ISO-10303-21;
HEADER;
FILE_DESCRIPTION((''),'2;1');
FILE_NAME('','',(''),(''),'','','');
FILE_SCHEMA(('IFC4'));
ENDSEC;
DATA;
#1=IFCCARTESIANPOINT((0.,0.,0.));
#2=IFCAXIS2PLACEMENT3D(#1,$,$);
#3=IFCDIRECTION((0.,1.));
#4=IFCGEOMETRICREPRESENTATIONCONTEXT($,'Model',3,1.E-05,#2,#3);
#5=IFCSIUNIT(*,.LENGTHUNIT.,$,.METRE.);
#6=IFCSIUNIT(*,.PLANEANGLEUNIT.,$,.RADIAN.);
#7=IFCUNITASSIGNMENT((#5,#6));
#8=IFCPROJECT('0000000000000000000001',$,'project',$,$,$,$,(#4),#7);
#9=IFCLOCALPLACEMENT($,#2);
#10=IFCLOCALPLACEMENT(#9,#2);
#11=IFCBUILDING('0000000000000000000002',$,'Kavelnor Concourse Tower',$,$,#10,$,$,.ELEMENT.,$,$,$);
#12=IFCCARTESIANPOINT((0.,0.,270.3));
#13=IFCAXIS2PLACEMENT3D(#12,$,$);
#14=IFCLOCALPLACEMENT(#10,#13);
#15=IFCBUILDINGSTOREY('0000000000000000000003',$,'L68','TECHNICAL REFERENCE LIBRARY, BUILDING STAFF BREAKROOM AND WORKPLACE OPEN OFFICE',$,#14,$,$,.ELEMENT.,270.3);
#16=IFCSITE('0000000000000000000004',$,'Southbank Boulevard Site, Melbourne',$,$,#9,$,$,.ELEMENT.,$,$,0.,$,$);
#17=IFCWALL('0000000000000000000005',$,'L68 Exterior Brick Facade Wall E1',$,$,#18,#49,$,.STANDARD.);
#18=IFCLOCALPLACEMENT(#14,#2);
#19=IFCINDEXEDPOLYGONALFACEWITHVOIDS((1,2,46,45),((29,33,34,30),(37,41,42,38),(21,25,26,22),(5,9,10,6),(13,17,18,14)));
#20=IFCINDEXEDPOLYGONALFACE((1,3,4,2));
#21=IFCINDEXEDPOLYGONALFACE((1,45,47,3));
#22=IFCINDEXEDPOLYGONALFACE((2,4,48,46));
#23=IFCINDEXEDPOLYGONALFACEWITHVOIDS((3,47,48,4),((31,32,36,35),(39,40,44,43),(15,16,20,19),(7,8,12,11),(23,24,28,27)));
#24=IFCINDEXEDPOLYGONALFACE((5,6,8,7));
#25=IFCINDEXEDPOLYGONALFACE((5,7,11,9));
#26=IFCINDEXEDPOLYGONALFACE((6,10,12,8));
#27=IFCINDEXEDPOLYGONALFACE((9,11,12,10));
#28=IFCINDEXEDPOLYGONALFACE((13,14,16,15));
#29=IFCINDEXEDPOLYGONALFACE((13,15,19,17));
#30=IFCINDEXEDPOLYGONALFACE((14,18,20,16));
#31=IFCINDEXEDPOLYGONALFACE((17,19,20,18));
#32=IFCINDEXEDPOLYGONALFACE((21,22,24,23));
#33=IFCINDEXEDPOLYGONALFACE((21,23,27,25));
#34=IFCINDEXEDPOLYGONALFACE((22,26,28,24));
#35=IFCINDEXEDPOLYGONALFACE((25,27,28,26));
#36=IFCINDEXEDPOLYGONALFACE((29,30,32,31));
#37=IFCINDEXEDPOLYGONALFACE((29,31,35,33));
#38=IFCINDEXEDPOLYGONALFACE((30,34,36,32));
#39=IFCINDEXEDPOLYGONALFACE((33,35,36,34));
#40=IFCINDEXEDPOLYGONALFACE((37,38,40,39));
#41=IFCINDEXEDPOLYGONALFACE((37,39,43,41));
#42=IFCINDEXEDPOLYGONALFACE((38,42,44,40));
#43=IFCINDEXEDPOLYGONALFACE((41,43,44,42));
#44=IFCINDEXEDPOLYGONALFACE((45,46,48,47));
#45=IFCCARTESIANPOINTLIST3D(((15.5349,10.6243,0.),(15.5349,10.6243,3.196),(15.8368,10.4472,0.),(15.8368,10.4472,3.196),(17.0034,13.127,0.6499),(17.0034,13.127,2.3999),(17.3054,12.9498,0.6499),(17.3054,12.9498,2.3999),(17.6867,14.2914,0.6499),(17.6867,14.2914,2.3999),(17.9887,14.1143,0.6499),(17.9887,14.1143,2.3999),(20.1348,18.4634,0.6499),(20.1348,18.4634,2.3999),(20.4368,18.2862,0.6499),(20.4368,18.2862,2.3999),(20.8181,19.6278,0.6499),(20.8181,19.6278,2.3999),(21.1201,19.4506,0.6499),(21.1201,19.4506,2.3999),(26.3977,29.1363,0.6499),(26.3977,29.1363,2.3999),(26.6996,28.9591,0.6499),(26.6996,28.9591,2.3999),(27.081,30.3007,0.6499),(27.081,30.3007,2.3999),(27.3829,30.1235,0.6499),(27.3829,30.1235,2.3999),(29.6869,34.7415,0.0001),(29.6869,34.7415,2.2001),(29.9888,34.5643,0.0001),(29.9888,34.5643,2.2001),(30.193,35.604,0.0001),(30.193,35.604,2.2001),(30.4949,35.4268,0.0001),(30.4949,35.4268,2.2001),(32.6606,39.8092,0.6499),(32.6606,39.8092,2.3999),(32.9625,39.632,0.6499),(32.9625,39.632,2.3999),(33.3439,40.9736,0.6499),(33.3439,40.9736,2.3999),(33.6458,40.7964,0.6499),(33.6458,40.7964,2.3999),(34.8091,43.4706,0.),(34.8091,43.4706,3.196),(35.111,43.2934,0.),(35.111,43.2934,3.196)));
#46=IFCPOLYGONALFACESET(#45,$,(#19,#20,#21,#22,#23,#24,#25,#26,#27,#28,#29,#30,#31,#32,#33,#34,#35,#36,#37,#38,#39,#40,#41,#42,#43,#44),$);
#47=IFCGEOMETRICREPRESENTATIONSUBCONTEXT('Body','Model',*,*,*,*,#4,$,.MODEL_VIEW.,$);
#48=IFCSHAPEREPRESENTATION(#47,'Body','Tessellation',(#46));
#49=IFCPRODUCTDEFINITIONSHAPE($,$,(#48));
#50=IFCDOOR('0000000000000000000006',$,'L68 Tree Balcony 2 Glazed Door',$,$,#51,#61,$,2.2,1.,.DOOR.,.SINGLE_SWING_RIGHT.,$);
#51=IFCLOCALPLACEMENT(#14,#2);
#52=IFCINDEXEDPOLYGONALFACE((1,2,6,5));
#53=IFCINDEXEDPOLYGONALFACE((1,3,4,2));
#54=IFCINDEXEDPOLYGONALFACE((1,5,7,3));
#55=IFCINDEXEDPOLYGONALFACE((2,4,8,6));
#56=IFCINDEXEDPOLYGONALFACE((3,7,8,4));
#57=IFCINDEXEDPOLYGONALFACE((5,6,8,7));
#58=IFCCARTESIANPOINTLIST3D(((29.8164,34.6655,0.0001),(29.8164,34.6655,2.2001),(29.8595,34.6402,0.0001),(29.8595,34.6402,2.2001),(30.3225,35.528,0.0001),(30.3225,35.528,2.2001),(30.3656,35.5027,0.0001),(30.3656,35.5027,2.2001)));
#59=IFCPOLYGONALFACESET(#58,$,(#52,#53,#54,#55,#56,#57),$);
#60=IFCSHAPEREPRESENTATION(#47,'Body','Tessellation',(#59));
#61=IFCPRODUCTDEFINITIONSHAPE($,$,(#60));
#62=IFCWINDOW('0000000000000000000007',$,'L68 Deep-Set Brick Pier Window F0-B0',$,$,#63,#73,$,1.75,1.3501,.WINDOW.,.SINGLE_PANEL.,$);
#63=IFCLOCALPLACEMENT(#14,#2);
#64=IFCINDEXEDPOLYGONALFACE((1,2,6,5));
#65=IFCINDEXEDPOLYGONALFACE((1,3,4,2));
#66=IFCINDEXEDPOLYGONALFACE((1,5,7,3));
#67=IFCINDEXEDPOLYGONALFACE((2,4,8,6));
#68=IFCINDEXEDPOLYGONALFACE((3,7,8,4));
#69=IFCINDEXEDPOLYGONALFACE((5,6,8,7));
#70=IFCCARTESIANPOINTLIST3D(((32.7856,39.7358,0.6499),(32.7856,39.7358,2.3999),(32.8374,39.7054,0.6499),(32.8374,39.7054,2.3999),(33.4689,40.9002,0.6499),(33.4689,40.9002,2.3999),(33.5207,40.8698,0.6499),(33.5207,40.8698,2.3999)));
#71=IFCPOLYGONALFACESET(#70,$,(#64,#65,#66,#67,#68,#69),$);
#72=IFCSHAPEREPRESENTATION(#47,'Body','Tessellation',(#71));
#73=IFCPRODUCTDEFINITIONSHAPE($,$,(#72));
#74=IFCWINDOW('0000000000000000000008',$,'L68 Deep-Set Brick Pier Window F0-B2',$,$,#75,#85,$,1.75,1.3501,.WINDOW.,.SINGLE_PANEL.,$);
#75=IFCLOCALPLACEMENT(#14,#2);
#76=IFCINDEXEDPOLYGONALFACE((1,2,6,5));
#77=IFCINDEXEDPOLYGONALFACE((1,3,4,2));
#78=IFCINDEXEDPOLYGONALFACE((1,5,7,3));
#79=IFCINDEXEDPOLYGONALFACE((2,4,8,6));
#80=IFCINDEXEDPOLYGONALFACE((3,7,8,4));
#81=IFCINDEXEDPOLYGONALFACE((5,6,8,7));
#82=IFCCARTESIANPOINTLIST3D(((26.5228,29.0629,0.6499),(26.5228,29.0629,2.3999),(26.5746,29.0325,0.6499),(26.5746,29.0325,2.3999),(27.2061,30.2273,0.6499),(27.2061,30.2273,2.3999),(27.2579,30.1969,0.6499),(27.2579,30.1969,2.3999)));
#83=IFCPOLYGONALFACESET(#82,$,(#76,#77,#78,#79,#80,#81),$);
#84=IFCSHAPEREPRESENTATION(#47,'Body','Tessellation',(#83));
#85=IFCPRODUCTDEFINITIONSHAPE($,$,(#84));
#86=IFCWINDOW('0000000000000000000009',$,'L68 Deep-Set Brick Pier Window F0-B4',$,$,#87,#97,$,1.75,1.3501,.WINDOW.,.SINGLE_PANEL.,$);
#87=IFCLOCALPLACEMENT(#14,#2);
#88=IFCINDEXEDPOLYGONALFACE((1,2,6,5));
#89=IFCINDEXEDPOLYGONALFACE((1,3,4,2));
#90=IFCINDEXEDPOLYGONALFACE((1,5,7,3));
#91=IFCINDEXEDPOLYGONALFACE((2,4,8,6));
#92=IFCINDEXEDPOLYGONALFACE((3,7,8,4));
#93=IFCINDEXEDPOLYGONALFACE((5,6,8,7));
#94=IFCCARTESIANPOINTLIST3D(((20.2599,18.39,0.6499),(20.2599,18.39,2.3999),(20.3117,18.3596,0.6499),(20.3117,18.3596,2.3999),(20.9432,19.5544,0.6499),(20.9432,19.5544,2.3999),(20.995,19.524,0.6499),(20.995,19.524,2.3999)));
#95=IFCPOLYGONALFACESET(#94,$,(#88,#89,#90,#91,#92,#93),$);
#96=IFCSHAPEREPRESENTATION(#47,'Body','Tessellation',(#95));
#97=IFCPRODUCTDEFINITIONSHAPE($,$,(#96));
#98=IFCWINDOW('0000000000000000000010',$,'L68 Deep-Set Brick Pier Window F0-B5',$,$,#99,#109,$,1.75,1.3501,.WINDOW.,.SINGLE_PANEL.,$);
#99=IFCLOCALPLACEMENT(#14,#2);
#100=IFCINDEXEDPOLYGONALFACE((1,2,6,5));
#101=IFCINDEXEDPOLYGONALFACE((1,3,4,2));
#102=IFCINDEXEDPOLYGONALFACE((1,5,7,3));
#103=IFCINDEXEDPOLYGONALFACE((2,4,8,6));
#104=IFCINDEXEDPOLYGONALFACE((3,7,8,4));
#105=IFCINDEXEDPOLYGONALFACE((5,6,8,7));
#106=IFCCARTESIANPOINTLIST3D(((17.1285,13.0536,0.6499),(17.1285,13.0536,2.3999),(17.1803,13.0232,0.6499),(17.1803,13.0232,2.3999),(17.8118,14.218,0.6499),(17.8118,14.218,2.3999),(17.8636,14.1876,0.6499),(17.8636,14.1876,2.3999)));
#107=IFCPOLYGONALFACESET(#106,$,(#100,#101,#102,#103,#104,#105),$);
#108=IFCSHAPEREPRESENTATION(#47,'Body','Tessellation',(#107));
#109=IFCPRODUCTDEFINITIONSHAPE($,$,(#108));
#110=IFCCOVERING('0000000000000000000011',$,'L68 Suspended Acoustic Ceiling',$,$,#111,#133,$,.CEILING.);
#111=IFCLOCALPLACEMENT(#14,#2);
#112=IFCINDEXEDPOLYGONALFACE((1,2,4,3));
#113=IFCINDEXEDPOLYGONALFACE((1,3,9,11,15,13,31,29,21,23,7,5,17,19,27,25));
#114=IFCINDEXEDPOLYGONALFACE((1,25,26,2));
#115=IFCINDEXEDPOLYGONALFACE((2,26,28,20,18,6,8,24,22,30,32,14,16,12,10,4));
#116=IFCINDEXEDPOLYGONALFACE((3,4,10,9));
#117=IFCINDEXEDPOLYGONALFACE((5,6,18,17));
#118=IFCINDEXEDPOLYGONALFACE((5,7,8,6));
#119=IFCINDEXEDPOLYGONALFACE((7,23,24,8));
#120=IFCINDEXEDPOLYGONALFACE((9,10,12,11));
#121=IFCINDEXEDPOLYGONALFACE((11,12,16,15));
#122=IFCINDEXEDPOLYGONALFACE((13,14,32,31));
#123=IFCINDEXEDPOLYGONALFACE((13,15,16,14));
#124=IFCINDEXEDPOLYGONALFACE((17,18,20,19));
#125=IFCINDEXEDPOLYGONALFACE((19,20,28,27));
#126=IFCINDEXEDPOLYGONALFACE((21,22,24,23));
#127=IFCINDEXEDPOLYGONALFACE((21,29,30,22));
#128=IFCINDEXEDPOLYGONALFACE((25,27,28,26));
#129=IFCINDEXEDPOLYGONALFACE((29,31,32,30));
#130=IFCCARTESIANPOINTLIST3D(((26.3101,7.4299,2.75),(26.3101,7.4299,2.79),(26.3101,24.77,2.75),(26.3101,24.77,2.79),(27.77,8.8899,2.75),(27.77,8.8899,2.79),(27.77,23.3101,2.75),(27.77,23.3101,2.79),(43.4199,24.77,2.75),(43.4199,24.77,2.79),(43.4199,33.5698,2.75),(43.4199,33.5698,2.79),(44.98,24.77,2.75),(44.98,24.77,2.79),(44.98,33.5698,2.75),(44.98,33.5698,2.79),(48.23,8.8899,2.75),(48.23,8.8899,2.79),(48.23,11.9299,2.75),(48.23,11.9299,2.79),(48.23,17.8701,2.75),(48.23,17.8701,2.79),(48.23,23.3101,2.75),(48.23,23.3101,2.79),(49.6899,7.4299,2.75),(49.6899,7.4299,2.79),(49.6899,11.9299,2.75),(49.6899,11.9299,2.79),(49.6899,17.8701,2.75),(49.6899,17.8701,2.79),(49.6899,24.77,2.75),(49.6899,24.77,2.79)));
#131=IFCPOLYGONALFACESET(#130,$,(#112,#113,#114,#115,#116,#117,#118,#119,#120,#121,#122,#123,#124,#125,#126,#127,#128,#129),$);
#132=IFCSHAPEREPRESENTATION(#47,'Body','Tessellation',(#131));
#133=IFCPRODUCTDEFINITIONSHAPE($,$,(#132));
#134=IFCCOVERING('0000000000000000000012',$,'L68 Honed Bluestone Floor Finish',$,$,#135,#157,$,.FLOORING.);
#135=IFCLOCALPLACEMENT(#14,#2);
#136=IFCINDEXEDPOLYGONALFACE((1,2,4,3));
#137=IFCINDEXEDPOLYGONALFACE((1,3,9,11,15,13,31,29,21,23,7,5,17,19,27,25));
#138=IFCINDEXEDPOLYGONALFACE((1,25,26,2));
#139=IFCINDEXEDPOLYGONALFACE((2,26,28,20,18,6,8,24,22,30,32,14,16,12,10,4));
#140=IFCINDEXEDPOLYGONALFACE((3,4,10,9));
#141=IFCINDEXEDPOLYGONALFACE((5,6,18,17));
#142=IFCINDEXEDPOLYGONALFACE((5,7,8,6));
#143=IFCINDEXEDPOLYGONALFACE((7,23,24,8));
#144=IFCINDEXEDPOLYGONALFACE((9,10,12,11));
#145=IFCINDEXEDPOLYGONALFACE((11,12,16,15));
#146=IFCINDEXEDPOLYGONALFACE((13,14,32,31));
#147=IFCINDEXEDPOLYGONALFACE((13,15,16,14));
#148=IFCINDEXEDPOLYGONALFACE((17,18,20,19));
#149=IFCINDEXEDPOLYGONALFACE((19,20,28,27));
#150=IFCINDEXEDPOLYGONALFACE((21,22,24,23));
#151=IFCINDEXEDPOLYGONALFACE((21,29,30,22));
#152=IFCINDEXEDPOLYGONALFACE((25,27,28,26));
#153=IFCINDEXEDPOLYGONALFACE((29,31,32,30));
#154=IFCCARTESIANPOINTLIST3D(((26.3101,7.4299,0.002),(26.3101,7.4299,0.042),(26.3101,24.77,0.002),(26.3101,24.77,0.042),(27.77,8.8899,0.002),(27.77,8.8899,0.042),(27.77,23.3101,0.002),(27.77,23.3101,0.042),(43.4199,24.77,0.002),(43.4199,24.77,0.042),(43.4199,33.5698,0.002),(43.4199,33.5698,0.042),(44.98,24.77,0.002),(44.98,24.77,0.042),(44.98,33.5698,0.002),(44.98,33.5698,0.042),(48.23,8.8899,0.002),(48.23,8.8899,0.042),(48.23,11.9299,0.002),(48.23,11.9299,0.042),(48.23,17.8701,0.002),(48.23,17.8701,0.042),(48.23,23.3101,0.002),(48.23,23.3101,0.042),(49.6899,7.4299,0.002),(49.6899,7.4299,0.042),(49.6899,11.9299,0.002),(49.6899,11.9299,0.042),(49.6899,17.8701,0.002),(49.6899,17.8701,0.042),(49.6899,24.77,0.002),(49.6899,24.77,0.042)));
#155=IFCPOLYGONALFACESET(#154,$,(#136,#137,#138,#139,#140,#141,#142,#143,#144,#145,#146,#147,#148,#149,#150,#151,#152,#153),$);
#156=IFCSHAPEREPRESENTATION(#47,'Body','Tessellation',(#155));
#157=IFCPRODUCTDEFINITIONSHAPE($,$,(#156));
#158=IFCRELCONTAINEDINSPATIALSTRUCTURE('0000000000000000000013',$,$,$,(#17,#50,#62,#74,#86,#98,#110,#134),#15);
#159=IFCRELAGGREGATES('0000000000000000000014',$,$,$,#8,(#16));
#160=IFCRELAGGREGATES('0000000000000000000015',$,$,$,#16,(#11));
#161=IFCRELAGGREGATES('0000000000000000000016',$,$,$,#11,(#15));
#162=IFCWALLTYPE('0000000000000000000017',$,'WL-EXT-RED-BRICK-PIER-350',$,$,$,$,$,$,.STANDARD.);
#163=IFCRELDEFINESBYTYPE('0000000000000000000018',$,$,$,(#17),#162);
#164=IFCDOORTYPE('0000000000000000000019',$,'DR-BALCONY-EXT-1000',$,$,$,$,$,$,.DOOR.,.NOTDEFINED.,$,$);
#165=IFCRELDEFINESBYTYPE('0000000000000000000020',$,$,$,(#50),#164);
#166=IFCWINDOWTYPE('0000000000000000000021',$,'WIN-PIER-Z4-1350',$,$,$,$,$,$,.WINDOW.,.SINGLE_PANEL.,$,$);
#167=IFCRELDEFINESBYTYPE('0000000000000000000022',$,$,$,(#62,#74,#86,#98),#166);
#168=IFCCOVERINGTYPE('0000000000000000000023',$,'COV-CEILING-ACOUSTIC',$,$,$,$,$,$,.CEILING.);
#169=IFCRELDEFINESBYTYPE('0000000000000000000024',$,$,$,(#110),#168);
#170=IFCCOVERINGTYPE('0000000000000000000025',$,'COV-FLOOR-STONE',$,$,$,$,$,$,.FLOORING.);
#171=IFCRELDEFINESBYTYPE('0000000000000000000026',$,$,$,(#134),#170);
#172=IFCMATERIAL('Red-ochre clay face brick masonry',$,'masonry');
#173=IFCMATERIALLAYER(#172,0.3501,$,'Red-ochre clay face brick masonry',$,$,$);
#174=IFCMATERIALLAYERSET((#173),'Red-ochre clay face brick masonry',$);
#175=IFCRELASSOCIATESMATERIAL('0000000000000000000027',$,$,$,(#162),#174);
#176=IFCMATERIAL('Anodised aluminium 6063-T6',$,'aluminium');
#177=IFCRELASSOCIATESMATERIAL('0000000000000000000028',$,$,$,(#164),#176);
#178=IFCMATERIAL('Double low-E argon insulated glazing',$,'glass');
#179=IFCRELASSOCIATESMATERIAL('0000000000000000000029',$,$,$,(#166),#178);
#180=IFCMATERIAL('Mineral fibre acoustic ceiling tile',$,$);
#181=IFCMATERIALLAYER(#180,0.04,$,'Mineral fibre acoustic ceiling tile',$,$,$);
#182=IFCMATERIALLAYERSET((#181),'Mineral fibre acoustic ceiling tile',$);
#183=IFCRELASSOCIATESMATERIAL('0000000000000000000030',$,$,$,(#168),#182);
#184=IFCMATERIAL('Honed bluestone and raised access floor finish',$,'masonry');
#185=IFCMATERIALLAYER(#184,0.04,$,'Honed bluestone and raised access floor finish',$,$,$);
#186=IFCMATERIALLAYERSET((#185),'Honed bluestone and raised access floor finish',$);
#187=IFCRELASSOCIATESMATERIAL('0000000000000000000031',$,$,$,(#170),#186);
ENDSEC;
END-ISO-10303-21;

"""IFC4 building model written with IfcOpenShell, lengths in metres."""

from ifc_helpers import new_model, si_unit, direction, frame, frame_2d, origin, place, context, subcontext, project, spatial, polyline, rectangle, outline, extrude, material, layer, layer_set, type_object, element, fill, save


model = new_model("IFC4")

# Units and contexts
model_context = context("Model", 3, precision=1e-05, world=origin(), true_north=direction((0.0, 1.0)))
body_context = subcontext(model_context, "Body", "Model", "MODEL_VIEW")
ifc_project = project(units=[si_unit("LENGTHUNIT", "METRE"), si_unit("PLANEANGLEUNIT", "RADIAN")], contexts=[model_context])

# Site, building, storey
site_placement = place(None, origin())
site = spatial("IfcSite", under=ifc_project, at=site_placement, Name="Southbank Boulevard Site, Melbourne", CompositionType="ELEMENT", RefElevation=0.0)
building_placement = place(site_placement, origin())
building = spatial("IfcBuilding", under=site, at=building_placement, Name="Kavelnor Concourse Tower", CompositionType="ELEMENT")
storey_placement = place(building_placement, frame((0.0, 0.0, 270.3)))
storey = spatial("IfcBuildingStorey", under=building, at=storey_placement, Name="L68", Description="TECHNICAL REFERENCE LIBRARY, BUILDING STAFF BREAKROOM AND WORKPLACE OPEN OFFICE", CompositionType="ELEMENT", Elevation=270.3)

# Shared definitions
ifc_material_1 = material(Name="Double low-E argon insulated glazing", Category="glass")

# Wall, openings, door, windows
ifc_material_2 = material(Name="Red-ochre clay face brick masonry", Category="masonry")
ifc_layer_1 = layer(ifc_material_2, 0.3501, Name="Red-ochre clay face brick masonry")
ifc_layer_set_1 = layer_set([ifc_layer_1], Name="Red-ochre clay face brick masonry")
wall_type_1 = type_object("IfcWallType", Name="WL-EXT-RED-BRICK-PIER-350", PredefinedType="STANDARD", material=ifc_layer_set_1)
wall_1_placement = place(storey_placement, frame((15.6858, 10.5356, 0.0), z_axis=(0.0, 0.0, 1.0), x_axis=(0.506101, 0.862474, 0.0)))
wall_1 = element("IfcWall", 1, at=wall_1_placement, inside=storey, type_object=wall_type_1, Name="L68 Exterior Brick Facade Wall E1", PredefinedType="STANDARD", context=body_context, shape_type="SweptSolid", body=[
    extrude(rectangle(XDim=38.0837, YDim=0.3501, at=frame_2d((19.042, 0.0))), origin(), (0.0, 0.0, 1.0), 3.196),
])
opening_1_placement = place(wall_1_placement, frame((27.9629, 0.0, 0.0)))
opening_1 = element("IfcOpeningElement", 2, at=opening_1_placement, cuts=wall_1, PredefinedType="OPENING", context=body_context, shape_type="SweptSolid", body=[
    extrude(rectangle(XDim=1.0, YDim=2.2, at=frame_2d((0.5, 1.1001))), frame((0.0, 0.1851, 0.0), z_axis=(0.0, -1.0, 0.0), x_axis=(1.0, 0.0, 0.0)), (0.0, 0.0, 1.0), 0.3701),
])
opening_2_placement = place(wall_1_placement, frame((33.8386, 0.0, 0.6499)))
opening_2 = element("IfcOpeningElement", 3, at=opening_2_placement, cuts=wall_1, PredefinedType="OPENING", context=body_context, shape_type="SweptSolid", body=[
    extrude(rectangle(XDim=1.3501, YDim=1.75, at=frame_2d((0.675, 0.875))), frame((0.0, 0.1851, 0.0), z_axis=(0.0, -1.0, 0.0), x_axis=(1.0, 0.0, 0.0)), (0.0, 0.0, 1.0), 0.3701),
])
opening_3_placement = place(wall_1_placement, frame((21.4639, 0.0, 0.6499)))
opening_3 = element("IfcOpeningElement", 4, at=opening_3_placement, cuts=wall_1, PredefinedType="OPENING", context=body_context, shape_type="SweptSolid", body=[
    extrude(rectangle(XDim=1.3501, YDim=1.75, at=frame_2d((0.675, 0.875))), frame((0.0, 0.1851, 0.0), z_axis=(0.0, -1.0, 0.0), x_axis=(1.0, 0.0, 0.0)), (0.0, 0.0, 1.0), 0.3701),
])
opening_4_placement = place(wall_1_placement, frame((9.0891, 0.0, 0.6499)))
opening_4 = element("IfcOpeningElement", 5, at=opening_4_placement, cuts=wall_1, PredefinedType="OPENING", context=body_context, shape_type="SweptSolid", body=[
    extrude(rectangle(XDim=1.3501, YDim=1.75, at=frame_2d((0.675, 0.875))), frame((0.0, 0.1851, 0.0), z_axis=(0.0, -1.0, 0.0), x_axis=(1.0, 0.0, 0.0)), (0.0, 0.0, 1.0), 0.3701),
])
opening_5_placement = place(wall_1_placement, frame((2.9019, 0.0, 0.6499)))
opening_5 = element("IfcOpeningElement", 6, at=opening_5_placement, cuts=wall_1, PredefinedType="OPENING", context=body_context, shape_type="SweptSolid", body=[
    extrude(rectangle(XDim=1.3501, YDim=1.75, at=frame_2d((0.675, 0.875))), frame((0.0, 0.1851, 0.0), z_axis=(0.0, -1.0, 0.0), x_axis=(1.0, 0.0, 0.0)), (0.0, 0.0, 1.0), 0.3701),
])
ifc_material_3 = material(Name="Anodised aluminium 6063-T6", Category="aluminium")
door_type = type_object("IfcDoorType", Name="DR-BALCONY-EXT-1000", OperationType="NOTDEFINED", PredefinedType="DOOR", material=ifc_material_3)
door_placement = place(opening_1_placement, origin())
door = element("IfcDoor", 7, at=door_placement, inside=storey, type_object=door_type, Name="L68 Tree Balcony 2 Glazed Door", OperationType="SINGLE_SWING_RIGHT", OverallHeight=2.2, OverallWidth=1.0, PredefinedType="DOOR", context=body_context, shape_type="SweptSolid", body=[
    extrude(rectangle(XDim=1.0, YDim=2.2, at=frame_2d((0.5, 1.1001))), frame((0.0, 0.0249, 0.0), z_axis=(0.0, -1.0, 0.0), x_axis=(1.0, 0.0, 0.0)), (0.0, 0.0, 1.0), 0.05),
])
fill(opening_1, door)
window_type_1 = type_object("IfcWindowType", Name="WIN-PIER-Z4-1350", PartitioningType="SINGLE_PANEL", PredefinedType="WINDOW", material=ifc_material_1)
window_1_placement = place(opening_2_placement, origin())
window_1 = element("IfcWindow", 8, at=window_1_placement, inside=storey, type_object=window_type_1, Name="L68 Deep-Set Brick Pier Window F0-B0", OverallHeight=1.75, OverallWidth=1.3501, PartitioningType="SINGLE_PANEL", PredefinedType="WINDOW", context=body_context, shape_type="SweptSolid", body=[
    extrude(rectangle(XDim=1.3501, YDim=1.75, at=frame_2d((0.675, 0.875))), frame((0.0, 0.03, 0.0), z_axis=(0.0, -1.0, 0.0), x_axis=(1.0, 0.0, 0.0)), (0.0, 0.0, 1.0), 0.0601),
])
fill(opening_2, window_1)
window_2_placement = place(opening_3_placement, origin())
window_2 = element("IfcWindow", 9, at=window_2_placement, inside=storey, type_object=window_type_1, Name="L68 Deep-Set Brick Pier Window F0-B2", OverallHeight=1.75, OverallWidth=1.3501, PartitioningType="SINGLE_PANEL", PredefinedType="WINDOW", context=body_context, shape_type="SweptSolid", body=[
    extrude(rectangle(XDim=1.3501, YDim=1.75, at=frame_2d((0.675, 0.875))), frame((0.0, 0.03, 0.0), z_axis=(0.0, -1.0, 0.0), x_axis=(1.0, 0.0, 0.0)), (0.0, 0.0, 1.0), 0.0601),
])
fill(opening_3, window_2)
window_3_placement = place(opening_4_placement, origin())
window_3 = element("IfcWindow", 10, at=window_3_placement, inside=storey, type_object=window_type_1, Name="L68 Deep-Set Brick Pier Window F0-B4", OverallHeight=1.75, OverallWidth=1.3501, PartitioningType="SINGLE_PANEL", PredefinedType="WINDOW", context=body_context, shape_type="SweptSolid", body=[
    extrude(rectangle(XDim=1.3501, YDim=1.75, at=frame_2d((0.675, 0.875))), frame((0.0, 0.03, 0.0), z_axis=(0.0, -1.0, 0.0), x_axis=(1.0, 0.0, 0.0)), (0.0, 0.0, 1.0), 0.0601),
])
fill(opening_4, window_3)
window_4_placement = place(opening_5_placement, origin())
window_4 = element("IfcWindow", 11, at=window_4_placement, inside=storey, type_object=window_type_1, Name="L68 Deep-Set Brick Pier Window F0-B5", OverallHeight=1.75, OverallWidth=1.3501, PartitioningType="SINGLE_PANEL", PredefinedType="WINDOW", context=body_context, shape_type="SweptSolid", body=[
    extrude(rectangle(XDim=1.3501, YDim=1.75, at=frame_2d((0.675, 0.875))), frame((0.0, 0.03, 0.0), z_axis=(0.0, -1.0, 0.0), x_axis=(1.0, 0.0, 0.0)), (0.0, 0.0, 1.0), 0.0601),
])
fill(opening_5, window_4)

# Coverings
ifc_material_4 = material(Name="Mineral fibre acoustic ceiling tile")
ifc_layer_2 = layer(ifc_material_4, 0.04, Name="Mineral fibre acoustic ceiling tile")
ifc_layer_set_2 = layer_set([ifc_layer_2], Name="Mineral fibre acoustic ceiling tile")
covering_type_1 = type_object("IfcCoveringType", Name="COV-CEILING-ACOUSTIC", PredefinedType="CEILING", material=ifc_layer_set_2)
covering_1_placement = place(storey_placement, frame((0.0, 0.0, 2.75)))
element("IfcCovering", 12, at=covering_1_placement, inside=storey, type_object=covering_type_1, Name="L68 Suspended Acoustic Ceiling", PredefinedType="CEILING", context=body_context, shape_type="SweptSolid", body=[
    extrude(outline(polyline([(44.98, 24.77), (49.6899, 24.77), (49.6899, 17.8701), (48.23, 17.8701), (48.23, 23.3101), (27.77, 23.3101), (27.77, 8.8899), (48.23, 8.8899), (48.23, 11.9299), (49.6899, 11.9299), (49.6899, 7.4299), (26.3101, 7.4299), (26.3101, 24.77), (43.4199, 24.77), (43.4199, 33.5698), (44.98, 33.5698), (44.98, 24.77)])), origin(), (0.0, 0.0, 1.0), 0.04),
])
ifc_material_5 = material(Name="Honed bluestone and raised access floor finish", Category="masonry")
ifc_layer_3 = layer(ifc_material_5, 0.04, Name="Honed bluestone and raised access floor finish")
ifc_layer_set_3 = layer_set([ifc_layer_3], Name="Honed bluestone and raised access floor finish")
covering_type_2 = type_object("IfcCoveringType", Name="COV-FLOOR-STONE", PredefinedType="FLOORING", material=ifc_layer_set_3)
covering_2_placement = place(storey_placement, frame((0.0, 0.0, 0.002)))
element("IfcCovering", 13, at=covering_2_placement, inside=storey, type_object=covering_type_2, Name="L68 Honed Bluestone Floor Finish", PredefinedType="FLOORING", context=body_context, shape_type="SweptSolid", body=[
    extrude(outline(polyline([(44.98, 24.77), (49.6899, 24.77), (49.6899, 17.8701), (48.23, 17.8701), (48.23, 23.3101), (27.77, 23.3101), (27.77, 8.8899), (48.23, 8.8899), (48.23, 11.9299), (49.6899, 11.9299), (49.6899, 7.4299), (26.3101, 7.4299), (26.3101, 24.77), (43.4199, 24.77), (43.4199, 33.5698), (44.98, 33.5698), (44.98, 24.77)])), origin(), (0.0, 0.0, 1.0), 0.04),
])

save(model, "model.ifc")
